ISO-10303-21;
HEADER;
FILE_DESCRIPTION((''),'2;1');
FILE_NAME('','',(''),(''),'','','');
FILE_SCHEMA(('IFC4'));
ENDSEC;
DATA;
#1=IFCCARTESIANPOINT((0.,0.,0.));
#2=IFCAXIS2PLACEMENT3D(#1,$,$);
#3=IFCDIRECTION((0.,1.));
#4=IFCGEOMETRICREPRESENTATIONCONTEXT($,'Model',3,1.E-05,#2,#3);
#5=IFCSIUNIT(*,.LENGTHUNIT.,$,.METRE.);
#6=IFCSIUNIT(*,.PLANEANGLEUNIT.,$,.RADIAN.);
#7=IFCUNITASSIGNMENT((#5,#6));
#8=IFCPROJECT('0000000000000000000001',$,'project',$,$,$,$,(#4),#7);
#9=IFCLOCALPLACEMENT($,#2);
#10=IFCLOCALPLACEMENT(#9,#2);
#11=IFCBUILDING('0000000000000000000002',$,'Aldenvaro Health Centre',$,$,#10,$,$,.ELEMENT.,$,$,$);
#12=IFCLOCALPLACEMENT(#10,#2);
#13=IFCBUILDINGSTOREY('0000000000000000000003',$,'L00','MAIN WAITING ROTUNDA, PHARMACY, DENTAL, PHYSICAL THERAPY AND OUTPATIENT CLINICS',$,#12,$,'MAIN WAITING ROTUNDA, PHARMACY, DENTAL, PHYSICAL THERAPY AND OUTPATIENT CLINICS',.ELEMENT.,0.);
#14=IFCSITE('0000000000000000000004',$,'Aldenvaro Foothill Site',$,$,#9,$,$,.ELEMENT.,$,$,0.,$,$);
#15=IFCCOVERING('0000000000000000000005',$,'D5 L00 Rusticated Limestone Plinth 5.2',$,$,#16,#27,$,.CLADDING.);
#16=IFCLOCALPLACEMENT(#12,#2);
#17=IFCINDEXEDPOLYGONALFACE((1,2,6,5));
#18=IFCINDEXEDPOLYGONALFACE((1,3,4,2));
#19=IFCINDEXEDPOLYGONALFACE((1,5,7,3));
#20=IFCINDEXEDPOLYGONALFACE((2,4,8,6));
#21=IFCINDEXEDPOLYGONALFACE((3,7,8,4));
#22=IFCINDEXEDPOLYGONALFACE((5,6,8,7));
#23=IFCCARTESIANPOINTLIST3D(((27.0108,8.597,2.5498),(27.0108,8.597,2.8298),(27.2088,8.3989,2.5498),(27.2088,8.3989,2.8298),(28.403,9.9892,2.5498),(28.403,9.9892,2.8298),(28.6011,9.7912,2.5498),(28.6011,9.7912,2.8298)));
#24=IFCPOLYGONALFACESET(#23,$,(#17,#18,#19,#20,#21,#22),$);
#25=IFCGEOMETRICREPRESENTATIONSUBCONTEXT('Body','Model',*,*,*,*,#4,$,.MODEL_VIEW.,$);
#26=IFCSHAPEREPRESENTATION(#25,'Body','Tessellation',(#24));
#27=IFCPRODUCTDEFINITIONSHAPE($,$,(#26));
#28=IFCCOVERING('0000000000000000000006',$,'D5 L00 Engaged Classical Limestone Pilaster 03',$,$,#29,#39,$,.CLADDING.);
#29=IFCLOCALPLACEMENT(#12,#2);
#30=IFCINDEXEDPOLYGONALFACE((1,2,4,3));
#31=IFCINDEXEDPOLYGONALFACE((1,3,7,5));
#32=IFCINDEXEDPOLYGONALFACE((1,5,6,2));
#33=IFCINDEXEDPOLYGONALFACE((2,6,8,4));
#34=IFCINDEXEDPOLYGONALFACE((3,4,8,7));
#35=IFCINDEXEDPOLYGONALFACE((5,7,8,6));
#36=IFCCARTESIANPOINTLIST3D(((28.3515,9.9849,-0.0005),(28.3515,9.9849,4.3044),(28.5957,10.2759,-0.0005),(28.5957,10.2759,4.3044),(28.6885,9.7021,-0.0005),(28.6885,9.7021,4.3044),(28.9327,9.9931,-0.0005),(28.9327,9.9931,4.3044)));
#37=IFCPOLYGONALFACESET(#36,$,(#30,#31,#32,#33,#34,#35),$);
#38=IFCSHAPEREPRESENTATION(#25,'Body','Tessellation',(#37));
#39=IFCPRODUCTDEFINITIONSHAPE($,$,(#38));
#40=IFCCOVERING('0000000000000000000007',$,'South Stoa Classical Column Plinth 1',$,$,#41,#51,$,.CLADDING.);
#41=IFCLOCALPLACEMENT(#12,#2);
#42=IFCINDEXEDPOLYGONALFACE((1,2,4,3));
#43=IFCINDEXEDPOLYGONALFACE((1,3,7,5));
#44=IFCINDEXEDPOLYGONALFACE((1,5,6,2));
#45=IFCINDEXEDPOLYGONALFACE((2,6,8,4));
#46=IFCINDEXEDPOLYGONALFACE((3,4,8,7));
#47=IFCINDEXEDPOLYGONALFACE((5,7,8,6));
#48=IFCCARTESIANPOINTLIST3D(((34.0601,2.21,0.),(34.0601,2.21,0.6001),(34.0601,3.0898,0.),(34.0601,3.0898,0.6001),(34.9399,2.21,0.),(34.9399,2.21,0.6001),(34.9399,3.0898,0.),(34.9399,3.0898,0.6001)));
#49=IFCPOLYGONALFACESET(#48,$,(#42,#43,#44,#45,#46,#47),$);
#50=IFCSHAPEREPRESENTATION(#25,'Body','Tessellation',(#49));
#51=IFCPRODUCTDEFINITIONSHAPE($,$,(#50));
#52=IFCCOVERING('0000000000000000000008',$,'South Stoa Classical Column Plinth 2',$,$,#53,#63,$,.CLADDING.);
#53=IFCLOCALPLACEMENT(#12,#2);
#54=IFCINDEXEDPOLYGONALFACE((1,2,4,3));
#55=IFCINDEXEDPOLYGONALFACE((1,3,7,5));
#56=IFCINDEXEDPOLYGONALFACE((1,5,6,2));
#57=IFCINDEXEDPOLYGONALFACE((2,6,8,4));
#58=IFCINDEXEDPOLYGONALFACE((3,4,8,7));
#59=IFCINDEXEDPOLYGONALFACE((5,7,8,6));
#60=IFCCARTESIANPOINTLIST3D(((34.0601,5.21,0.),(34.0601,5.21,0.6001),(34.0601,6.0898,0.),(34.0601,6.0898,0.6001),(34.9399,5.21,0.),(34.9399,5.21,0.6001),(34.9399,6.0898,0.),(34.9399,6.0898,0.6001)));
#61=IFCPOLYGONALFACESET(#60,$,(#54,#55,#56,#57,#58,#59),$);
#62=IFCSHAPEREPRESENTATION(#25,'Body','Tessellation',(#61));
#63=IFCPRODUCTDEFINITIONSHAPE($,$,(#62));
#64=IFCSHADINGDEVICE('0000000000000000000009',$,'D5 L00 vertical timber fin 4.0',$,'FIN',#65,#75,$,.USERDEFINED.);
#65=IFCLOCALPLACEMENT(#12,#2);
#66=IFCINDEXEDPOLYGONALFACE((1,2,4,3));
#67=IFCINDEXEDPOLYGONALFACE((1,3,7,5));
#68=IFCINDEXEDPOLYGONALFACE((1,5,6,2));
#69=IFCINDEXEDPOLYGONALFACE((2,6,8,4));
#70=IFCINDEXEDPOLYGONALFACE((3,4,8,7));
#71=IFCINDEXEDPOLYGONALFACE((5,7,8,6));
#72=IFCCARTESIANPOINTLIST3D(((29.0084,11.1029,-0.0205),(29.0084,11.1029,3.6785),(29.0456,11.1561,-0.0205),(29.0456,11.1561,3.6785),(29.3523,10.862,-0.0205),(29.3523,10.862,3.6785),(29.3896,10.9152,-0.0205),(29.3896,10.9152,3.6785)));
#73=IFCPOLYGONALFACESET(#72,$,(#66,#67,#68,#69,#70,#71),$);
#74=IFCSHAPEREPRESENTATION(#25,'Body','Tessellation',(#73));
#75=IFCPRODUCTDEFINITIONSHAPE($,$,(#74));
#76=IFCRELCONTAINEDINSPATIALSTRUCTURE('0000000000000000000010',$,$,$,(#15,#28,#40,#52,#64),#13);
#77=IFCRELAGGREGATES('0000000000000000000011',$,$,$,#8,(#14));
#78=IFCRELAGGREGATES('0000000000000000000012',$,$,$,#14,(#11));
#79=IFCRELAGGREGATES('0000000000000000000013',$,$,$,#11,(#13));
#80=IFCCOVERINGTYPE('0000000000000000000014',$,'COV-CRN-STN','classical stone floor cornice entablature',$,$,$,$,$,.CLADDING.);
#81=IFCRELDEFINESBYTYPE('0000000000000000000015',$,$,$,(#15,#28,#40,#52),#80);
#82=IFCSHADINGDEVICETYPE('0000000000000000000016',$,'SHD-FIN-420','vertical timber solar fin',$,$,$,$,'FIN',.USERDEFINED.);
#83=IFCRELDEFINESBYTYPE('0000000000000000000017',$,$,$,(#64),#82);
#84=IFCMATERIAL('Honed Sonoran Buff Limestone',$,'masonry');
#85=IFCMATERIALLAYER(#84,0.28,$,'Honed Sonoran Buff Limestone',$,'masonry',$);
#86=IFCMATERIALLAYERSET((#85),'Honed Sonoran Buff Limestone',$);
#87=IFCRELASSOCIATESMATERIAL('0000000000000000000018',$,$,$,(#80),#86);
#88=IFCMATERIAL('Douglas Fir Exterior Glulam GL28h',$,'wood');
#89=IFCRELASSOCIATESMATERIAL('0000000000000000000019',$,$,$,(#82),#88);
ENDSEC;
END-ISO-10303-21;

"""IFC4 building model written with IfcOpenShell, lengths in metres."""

from ifc_helpers import new_model, si_unit, direction, frame, origin, origin_2d, place, context, subcontext, project, spatial, rectangle, extrude, material, layer, layer_set, type_object, element, save


model = new_model("IFC4")

# Units and contexts
model_context = context("Model", 3, precision=1e-05, world=origin(), true_north=direction((0.0, 1.0)))
body_context = subcontext(model_context, "Body", "Model", "MODEL_VIEW")
ifc_project = project(units=[si_unit("LENGTHUNIT", "METRE"), si_unit("PLANEANGLEUNIT", "RADIAN")], contexts=[model_context])

# Site, building, storey
site_placement = place(None, origin())
site = spatial("IfcSite", under=ifc_project, at=site_placement, Name="Aldenvaro Foothill Site", CompositionType="ELEMENT", RefElevation=0.0)
building_placement = place(site_placement, origin())
building = spatial("IfcBuilding", under=site, at=building_placement, Name="Aldenvaro Health Centre", CompositionType="ELEMENT")
storey_placement = place(building_placement, origin())
storey = spatial("IfcBuildingStorey", under=building, at=storey_placement, Name="L00", Description="MAIN WAITING ROTUNDA, PHARMACY, DENTAL, PHYSICAL THERAPY AND OUTPATIENT CLINICS", LongName="MAIN WAITING ROTUNDA, PHARMACY, DENTAL, PHYSICAL THERAPY AND OUTPATIENT CLINICS", CompositionType="ELEMENT", Elevation=0.0)

# Coverings
ifc_material_1 = material(Name="Honed Sonoran Buff Limestone", Category="masonry")
ifc_layer_1 = layer(ifc_material_1, 0.28, Name="Honed Sonoran Buff Limestone", Category="masonry")
ifc_layer_set_1 = layer_set([ifc_layer_1], Name="Honed Sonoran Buff Limestone")
covering_type = type_object("IfcCoveringType", Name="COV-CRN-STN", Description="classical stone floor cornice entablature", PredefinedType="CLADDING", material=ifc_layer_set_1)
covering_1_placement = place(storey_placement, frame((27.8059, 9.1941, 2.5498), z_axis=(0.0, 0.0, 1.0), x_axis=(-0.707107, -0.707107, 0.0)))
element("IfcCovering", 1, at=covering_1_placement, inside=storey, type_object=covering_type, Name="D5 L00 Rusticated Limestone Plinth 5.2", PredefinedType="CLADDING", context=body_context, shape_type="SweptSolid", body=[
    extrude(rectangle(XDim=1.969, YDim=0.28, at=origin_2d()), origin(), (0.0, 0.0, 1.0), 0.28),
])
covering_2_placement = place(storey_placement, frame((28.6421, 9.989, -0.0005), z_axis=(0.0, 0.0, 1.0), x_axis=(0.766044, -0.642788, 0.0)))
element("IfcCovering", 2, at=covering_2_placement, inside=storey, type_object=covering_type, Name="D5 L00 Engaged Classical Limestone Pilaster 03", PredefinedType="CLADDING", context=body_context, shape_type="SweptSolid", body=[
    extrude(rectangle(XDim=0.4399, YDim=0.3799, at=origin_2d()), origin(), (0.0, 0.0, 1.0), 4.3049),
])
for number, where, z_axis, x_axis, name in (
    (3, (34.5, 2.6499, 0.0), (0.0, 0.0, 1.0), (1.0, 0.0, 0.0), "South Stoa Classical Column Plinth 1"),
    (4, (34.5, 5.6499, 0.0), (0.0, 0.0, 1.0), (1.0, 0.0, 0.0), "South Stoa Classical Column Plinth 2"),
):
    element("IfcCovering", number, at=place(storey_placement, frame(where, z_axis=z_axis, x_axis=x_axis)), inside=storey, type_object=covering_type, Name=name, PredefinedType="CLADDING", context=body_context, shape_type="SweptSolid", body=[
        extrude(rectangle(XDim=0.8799, YDim=0.8799, at=origin_2d()), origin(), (0.0, 0.0, 1.0), 0.6001),
    ])

# Shading device
ifc_material_2 = material(Name="Douglas Fir Exterior Glulam GL28h", Category="wood")
shading_device_type = type_object("IfcShadingDeviceType", Name="SHD-FIN-420", Description="vertical timber solar fin", ElementType="FIN", PredefinedType="USERDEFINED", material=ifc_material_2)
shading_device_placement = place(storey_placement, frame((29.199, 11.009, -0.0205), z_axis=(0.0, 0.0, 1.0), x_axis=(-0.573641, -0.819107, 0.0)))
element("IfcShadingDevice", 5, at=shading_device_placement, inside=storey, type_object=shading_device_type, Name="D5 L00 vertical timber fin 4.0", ObjectType="FIN", PredefinedType="USERDEFINED", context=body_context, shape_type="SweptSolid", body=[
    extrude(rectangle(XDim=0.0649, YDim=0.4199, at=origin_2d()), origin(), (0.0, 0.0, 1.0), 3.699),
])

save(model, "model.ifc")
